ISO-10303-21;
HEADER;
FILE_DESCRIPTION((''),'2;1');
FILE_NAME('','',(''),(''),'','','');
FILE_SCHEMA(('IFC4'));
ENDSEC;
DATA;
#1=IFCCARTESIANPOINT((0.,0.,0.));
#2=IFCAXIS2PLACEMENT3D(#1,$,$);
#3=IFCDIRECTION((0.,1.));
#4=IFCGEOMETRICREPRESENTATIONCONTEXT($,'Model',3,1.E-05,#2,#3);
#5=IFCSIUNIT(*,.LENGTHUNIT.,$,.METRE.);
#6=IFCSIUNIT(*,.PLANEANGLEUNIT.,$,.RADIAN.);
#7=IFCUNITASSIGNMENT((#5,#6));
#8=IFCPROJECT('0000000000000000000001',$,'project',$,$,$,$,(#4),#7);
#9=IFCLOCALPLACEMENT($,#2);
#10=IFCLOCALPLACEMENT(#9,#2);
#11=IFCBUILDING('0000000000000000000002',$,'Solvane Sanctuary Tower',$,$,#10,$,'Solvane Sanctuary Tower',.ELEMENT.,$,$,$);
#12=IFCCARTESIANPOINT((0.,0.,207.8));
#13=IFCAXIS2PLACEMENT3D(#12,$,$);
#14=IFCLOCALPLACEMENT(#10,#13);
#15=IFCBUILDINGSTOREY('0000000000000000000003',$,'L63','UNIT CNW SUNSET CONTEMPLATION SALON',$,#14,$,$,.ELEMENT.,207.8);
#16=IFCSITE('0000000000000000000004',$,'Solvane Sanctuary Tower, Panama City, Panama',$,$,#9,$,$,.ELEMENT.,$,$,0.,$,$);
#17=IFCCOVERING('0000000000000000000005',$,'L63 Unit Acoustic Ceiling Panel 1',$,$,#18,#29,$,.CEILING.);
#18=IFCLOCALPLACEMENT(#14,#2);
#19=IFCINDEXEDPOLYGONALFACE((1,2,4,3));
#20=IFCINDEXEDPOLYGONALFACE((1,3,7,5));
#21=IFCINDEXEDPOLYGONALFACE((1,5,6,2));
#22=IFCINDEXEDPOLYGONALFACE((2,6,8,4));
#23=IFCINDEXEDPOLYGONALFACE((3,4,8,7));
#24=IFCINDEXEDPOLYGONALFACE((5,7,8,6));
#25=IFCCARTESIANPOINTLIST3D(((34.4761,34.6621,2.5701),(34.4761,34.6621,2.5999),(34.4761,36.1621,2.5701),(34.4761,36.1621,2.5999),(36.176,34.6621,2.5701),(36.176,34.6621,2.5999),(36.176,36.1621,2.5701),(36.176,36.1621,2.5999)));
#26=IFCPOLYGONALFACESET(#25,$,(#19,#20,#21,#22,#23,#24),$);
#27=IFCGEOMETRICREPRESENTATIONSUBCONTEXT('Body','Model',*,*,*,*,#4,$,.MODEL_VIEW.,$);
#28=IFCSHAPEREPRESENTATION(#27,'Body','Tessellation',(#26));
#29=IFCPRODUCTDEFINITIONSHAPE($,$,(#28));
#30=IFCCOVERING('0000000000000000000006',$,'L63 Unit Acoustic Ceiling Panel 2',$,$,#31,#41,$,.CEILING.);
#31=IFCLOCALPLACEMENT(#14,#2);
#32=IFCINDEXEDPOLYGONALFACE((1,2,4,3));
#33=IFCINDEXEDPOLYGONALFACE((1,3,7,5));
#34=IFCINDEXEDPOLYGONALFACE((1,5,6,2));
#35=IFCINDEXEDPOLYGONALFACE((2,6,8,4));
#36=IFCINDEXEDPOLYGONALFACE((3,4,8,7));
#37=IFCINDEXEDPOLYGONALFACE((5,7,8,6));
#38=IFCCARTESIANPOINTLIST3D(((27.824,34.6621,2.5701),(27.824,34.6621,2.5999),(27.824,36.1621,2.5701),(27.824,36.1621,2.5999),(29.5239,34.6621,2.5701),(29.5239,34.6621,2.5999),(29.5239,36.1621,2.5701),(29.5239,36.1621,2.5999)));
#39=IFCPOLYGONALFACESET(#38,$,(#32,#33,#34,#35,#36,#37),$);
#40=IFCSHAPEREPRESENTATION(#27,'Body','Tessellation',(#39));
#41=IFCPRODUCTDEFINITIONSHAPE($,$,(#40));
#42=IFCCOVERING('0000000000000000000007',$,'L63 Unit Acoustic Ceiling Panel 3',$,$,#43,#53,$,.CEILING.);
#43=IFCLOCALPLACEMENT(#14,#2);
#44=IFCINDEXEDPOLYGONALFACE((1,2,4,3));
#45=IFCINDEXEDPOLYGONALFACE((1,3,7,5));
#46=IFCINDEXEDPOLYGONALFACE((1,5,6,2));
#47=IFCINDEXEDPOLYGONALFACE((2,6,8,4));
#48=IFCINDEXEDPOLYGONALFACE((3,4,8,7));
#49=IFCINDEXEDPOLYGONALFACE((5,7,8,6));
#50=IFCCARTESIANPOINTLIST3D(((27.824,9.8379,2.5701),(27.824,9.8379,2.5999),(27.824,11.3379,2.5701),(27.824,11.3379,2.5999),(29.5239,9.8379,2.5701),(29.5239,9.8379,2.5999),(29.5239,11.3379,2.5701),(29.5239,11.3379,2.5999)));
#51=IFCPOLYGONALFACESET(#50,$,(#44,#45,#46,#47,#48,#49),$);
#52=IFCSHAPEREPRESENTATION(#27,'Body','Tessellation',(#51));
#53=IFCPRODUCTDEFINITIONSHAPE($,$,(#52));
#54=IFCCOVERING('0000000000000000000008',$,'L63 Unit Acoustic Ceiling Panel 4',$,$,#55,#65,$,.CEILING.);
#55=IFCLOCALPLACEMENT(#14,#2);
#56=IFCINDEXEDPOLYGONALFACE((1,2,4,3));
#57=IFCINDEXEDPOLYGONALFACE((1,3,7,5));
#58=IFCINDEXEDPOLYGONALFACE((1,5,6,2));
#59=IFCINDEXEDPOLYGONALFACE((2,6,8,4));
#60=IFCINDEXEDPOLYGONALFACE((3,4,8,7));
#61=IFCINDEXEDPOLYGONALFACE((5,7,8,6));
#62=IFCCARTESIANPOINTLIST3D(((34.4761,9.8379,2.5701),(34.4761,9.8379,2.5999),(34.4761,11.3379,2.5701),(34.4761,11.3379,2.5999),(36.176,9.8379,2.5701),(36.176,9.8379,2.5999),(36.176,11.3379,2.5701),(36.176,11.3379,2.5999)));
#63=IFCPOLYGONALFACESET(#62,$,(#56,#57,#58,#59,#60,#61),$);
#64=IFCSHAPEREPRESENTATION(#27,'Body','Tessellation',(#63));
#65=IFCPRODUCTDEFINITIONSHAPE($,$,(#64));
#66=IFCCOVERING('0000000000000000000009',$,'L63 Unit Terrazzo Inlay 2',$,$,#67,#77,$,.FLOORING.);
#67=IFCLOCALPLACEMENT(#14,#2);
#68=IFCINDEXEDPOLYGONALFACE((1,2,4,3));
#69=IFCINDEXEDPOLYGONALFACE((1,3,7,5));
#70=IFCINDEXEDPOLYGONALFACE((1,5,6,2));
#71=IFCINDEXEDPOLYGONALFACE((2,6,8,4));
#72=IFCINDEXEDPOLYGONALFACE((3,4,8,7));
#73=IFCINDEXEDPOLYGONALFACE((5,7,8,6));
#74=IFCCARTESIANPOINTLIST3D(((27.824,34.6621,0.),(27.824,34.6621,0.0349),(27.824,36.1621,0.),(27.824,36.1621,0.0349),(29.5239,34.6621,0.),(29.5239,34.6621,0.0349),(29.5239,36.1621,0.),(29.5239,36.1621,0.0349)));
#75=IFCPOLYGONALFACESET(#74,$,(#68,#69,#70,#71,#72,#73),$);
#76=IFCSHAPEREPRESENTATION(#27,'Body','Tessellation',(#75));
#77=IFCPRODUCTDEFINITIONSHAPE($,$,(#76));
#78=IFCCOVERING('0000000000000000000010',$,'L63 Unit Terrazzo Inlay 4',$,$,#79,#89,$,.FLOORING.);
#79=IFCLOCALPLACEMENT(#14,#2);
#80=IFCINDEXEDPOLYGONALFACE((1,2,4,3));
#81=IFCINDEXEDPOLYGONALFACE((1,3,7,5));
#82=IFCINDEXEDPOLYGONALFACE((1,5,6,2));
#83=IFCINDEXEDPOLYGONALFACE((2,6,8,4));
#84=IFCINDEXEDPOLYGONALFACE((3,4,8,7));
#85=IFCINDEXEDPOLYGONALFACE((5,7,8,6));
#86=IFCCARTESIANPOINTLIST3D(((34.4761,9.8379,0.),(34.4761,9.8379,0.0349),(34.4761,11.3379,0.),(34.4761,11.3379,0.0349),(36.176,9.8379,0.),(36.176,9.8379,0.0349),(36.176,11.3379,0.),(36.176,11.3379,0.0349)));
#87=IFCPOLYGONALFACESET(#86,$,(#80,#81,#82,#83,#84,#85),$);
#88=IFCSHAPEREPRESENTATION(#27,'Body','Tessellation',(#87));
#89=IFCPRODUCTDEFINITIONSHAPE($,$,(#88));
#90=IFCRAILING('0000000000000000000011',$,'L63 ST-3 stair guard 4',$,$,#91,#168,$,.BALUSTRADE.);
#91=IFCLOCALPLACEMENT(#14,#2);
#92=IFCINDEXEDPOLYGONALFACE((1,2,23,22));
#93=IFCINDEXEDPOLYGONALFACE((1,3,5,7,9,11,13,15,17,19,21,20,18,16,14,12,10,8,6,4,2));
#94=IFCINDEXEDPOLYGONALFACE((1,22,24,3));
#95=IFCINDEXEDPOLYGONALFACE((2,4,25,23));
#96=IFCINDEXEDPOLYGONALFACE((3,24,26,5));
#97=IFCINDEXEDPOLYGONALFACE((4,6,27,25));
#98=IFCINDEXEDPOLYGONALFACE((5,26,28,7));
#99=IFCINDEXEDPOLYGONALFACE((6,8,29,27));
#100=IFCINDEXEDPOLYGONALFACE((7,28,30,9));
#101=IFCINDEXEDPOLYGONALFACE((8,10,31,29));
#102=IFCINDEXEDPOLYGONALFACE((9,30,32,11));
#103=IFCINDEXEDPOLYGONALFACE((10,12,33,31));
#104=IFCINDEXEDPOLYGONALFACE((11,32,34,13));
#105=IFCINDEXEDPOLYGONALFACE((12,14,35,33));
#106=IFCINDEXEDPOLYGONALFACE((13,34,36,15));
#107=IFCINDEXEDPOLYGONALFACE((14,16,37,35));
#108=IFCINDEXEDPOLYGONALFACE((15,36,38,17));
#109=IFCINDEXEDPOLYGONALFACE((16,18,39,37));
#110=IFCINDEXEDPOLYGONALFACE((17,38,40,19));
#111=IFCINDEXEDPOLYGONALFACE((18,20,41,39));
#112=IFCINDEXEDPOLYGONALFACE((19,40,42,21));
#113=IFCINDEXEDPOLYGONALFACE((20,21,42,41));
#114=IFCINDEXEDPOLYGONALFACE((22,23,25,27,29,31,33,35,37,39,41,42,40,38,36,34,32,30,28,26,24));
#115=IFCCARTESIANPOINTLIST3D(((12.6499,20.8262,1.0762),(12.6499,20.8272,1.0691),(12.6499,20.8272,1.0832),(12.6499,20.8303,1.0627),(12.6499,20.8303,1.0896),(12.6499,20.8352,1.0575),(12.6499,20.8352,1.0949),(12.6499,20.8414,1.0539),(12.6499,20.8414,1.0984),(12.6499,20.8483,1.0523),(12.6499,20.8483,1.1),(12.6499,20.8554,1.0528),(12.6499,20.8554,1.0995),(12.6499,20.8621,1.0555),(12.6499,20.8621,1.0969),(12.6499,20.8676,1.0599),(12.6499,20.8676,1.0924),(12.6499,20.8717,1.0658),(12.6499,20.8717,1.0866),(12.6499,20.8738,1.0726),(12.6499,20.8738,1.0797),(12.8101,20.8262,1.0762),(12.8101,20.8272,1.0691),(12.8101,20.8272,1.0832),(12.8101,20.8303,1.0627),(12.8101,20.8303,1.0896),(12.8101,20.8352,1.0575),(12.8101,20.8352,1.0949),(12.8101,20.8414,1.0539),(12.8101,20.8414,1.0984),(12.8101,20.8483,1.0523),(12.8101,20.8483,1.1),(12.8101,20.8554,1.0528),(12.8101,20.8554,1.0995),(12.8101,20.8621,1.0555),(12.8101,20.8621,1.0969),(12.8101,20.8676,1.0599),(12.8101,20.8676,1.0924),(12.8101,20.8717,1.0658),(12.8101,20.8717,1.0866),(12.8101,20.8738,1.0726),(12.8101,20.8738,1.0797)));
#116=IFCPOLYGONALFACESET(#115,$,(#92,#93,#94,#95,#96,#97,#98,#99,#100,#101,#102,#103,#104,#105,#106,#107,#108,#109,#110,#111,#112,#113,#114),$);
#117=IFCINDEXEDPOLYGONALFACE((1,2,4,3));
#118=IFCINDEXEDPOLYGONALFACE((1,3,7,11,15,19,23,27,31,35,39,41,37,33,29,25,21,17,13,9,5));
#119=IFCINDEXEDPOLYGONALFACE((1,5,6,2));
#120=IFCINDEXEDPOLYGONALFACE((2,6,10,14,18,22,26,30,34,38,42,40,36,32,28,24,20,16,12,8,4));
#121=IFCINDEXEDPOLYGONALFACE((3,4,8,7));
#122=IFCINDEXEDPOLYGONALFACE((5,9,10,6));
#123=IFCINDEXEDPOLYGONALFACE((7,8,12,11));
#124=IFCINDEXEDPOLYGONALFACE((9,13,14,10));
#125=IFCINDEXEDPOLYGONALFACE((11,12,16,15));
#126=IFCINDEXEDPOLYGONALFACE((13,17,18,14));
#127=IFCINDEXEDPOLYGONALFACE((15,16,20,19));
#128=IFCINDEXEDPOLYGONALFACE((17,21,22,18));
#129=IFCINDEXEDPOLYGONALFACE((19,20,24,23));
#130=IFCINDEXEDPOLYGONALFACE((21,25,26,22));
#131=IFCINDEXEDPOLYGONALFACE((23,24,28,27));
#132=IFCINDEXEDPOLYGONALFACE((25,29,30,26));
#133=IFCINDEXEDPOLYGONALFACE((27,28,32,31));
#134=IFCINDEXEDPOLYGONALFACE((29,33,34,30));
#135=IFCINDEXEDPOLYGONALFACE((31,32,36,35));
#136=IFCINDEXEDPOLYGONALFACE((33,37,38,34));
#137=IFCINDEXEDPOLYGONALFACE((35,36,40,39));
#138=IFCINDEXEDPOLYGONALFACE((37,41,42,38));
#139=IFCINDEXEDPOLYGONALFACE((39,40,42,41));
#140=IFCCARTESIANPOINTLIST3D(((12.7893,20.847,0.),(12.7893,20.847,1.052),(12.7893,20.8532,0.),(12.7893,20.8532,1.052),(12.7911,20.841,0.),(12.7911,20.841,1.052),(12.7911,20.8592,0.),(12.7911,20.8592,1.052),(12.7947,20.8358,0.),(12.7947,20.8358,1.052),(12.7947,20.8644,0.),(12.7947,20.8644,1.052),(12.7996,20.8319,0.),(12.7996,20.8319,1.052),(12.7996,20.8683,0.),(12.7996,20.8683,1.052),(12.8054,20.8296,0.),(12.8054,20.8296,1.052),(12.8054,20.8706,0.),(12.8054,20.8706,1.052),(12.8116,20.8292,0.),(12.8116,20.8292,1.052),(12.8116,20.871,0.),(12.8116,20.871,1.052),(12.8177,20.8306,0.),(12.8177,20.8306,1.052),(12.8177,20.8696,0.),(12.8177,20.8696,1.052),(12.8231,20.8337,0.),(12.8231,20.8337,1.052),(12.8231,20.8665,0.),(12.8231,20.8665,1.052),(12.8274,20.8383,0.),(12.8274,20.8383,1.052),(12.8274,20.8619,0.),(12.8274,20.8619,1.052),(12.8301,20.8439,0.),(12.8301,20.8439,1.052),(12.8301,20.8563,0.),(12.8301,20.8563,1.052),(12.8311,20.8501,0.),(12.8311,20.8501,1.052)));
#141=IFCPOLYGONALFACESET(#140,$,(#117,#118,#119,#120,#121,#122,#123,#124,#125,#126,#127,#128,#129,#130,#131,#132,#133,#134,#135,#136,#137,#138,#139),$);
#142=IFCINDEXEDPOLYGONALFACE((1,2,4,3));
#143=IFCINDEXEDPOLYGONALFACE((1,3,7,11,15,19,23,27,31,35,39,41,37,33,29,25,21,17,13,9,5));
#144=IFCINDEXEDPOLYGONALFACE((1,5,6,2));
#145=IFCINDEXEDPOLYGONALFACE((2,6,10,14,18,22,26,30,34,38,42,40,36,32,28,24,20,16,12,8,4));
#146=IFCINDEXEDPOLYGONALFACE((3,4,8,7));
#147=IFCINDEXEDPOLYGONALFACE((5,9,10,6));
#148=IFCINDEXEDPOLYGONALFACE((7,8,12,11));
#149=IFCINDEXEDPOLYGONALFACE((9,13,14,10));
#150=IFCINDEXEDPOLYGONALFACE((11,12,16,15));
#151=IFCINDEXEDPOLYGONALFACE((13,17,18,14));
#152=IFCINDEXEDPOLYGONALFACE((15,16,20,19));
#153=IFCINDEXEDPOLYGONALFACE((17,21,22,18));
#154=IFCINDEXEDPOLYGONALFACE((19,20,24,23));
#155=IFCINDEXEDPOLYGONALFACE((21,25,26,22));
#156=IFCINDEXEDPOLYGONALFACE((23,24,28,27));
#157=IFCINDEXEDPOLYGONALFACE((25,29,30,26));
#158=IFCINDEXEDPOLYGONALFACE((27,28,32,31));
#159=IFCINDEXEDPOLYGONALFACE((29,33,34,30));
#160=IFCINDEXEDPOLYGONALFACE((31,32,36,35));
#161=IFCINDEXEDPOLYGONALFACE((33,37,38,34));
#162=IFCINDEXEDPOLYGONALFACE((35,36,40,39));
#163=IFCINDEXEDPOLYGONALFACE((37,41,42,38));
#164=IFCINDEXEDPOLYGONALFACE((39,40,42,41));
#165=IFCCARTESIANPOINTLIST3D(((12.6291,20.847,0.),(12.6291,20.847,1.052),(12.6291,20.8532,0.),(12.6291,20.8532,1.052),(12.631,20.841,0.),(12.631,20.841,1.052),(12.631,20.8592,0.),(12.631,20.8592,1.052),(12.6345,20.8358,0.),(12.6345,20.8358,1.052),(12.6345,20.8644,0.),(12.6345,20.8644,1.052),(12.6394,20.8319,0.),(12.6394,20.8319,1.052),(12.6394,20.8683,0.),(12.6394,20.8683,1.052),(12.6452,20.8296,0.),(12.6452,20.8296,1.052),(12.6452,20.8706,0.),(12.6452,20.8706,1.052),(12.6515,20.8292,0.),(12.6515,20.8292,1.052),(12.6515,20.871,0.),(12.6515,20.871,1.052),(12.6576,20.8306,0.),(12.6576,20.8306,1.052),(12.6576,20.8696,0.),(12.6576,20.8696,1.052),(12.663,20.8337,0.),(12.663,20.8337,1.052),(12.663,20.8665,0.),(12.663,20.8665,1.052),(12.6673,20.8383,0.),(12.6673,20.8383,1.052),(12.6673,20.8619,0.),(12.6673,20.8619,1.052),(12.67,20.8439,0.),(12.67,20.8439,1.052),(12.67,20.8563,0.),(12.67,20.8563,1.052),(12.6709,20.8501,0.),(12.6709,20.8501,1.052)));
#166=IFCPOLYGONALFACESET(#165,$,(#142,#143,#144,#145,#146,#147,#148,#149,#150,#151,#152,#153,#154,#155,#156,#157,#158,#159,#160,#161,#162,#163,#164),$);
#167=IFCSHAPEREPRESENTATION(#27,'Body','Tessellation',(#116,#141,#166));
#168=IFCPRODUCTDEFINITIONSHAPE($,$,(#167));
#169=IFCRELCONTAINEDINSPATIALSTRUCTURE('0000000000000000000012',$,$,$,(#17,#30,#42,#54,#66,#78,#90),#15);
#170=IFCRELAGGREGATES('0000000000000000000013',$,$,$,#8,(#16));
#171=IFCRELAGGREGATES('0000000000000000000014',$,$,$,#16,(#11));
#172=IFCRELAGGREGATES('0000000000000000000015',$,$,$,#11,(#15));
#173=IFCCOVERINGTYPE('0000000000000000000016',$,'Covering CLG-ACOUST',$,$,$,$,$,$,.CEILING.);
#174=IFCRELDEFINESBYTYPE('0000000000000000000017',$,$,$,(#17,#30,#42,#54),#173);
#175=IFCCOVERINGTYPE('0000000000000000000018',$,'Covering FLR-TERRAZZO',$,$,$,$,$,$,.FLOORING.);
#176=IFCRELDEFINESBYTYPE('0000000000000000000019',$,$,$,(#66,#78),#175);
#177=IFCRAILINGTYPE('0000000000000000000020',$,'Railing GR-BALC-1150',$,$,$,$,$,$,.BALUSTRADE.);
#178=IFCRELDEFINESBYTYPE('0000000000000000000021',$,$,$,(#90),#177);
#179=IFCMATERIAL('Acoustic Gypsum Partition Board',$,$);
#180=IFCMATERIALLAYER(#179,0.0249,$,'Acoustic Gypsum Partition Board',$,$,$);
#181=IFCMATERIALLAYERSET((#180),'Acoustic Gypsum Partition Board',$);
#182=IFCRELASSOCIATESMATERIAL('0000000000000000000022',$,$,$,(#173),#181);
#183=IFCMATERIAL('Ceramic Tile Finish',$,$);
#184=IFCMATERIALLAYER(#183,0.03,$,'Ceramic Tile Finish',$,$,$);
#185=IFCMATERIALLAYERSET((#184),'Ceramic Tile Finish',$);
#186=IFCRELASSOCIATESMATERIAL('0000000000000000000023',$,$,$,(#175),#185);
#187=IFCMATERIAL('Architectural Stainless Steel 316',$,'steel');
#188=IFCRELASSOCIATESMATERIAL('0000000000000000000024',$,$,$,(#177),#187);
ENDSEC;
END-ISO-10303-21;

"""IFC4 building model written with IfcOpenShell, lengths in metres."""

from ifc_helpers import new_model, si_unit, direction, frame, origin, origin_2d, place, context, subcontext, project, spatial, polyline, circle, outline, extrude, material, layer, layer_set, type_object, element, save


model = new_model("IFC4")

# Units and contexts
model_context = context("Model", 3, precision=1e-05, world=origin(), true_north=direction((0.0, 1.0)))
body_context = subcontext(model_context, "Body", "Model", "MODEL_VIEW")
ifc_project = project(units=[si_unit("LENGTHUNIT", "METRE"), si_unit("PLANEANGLEUNIT", "RADIAN")], contexts=[model_context])

# Site, building, storey
site_placement = place(None, origin())
site = spatial("IfcSite", under=ifc_project, at=site_placement, Name="Solvane Sanctuary Tower, Panama City, Panama", CompositionType="ELEMENT", RefElevation=0.0)
building_placement = place(site_placement, origin())
building = spatial("IfcBuilding", under=site, at=building_placement, Name="Solvane Sanctuary Tower", LongName="Solvane Sanctuary Tower", CompositionType="ELEMENT")
storey_placement = place(building_placement, frame((0.0, 0.0, 207.8)))
storey = spatial("IfcBuildingStorey", under=building, at=storey_placement, Name="L63", Description="UNIT CNW SUNSET CONTEMPLATION SALON", CompositionType="ELEMENT", Elevation=207.8)

# Shared definitions
ifc_material_1 = material(Name="Acoustic Gypsum Partition Board")

# Shared definitions
ifc_material_2 = material(Name="Architectural Stainless Steel 316", Category="steel")

# Coverings
ifc_layer_1 = layer(ifc_material_1, 0.0249, Name="Acoustic Gypsum Partition Board")
ifc_layer_set_1 = layer_set([ifc_layer_1], Name="Acoustic Gypsum Partition Board")
covering_type_1 = type_object("IfcCoveringType", Name="Covering CLG-ACOUST", PredefinedType="CEILING", material=ifc_layer_set_1)
covering_1_placement = place(storey_placement, frame((0.0, 0.0, 2.5701)))
element("IfcCovering", 1, at=covering_1_placement, inside=storey, type_object=covering_type_1, Name="L63 Unit Acoustic Ceiling Panel 1", PredefinedType="CEILING", context=body_context, shape_type="SweptSolid", body=[
    extrude(outline(polyline([(34.4761, 34.6621), (36.176, 34.6621), (36.176, 36.1621), (34.4761, 36.1621), (34.4761, 34.6621)])), origin(), (0.0, 0.0, 1.0), 0.0298),
])
covering_2_placement = place(storey_placement, frame((0.0, 0.0, 2.5701)))
element("IfcCovering", 2, at=covering_2_placement, inside=storey, type_object=covering_type_1, Name="L63 Unit Acoustic Ceiling Panel 2", PredefinedType="CEILING", context=body_context, shape_type="SweptSolid", body=[
    extrude(outline(polyline([(27.824, 34.6621), (29.5239, 34.6621), (29.5239, 36.1621), (27.824, 36.1621), (27.824, 34.6621)])), origin(), (0.0, 0.0, 1.0), 0.0298),
])
covering_3_placement = place(storey_placement, frame((0.0, 0.0, 2.5701)))
element("IfcCovering", 3, at=covering_3_placement, inside=storey, type_object=covering_type_1, Name="L63 Unit Acoustic Ceiling Panel 3", PredefinedType="CEILING", context=body_context, shape_type="SweptSolid", body=[
    extrude(outline(polyline([(27.824, 9.8379), (29.5239, 9.8379), (29.5239, 11.3379), (27.824, 11.3379), (27.824, 9.8379)])), origin(), (0.0, 0.0, 1.0), 0.0298),
])
covering_4_placement = place(storey_placement, frame((0.0, 0.0, 2.5701)))
element("IfcCovering", 4, at=covering_4_placement, inside=storey, type_object=covering_type_1, Name="L63 Unit Acoustic Ceiling Panel 4", PredefinedType="CEILING", context=body_context, shape_type="SweptSolid", body=[
    extrude(outline(polyline([(34.4761, 9.8379), (36.176, 9.8379), (36.176, 11.3379), (34.4761, 11.3379), (34.4761, 9.8379)])), origin(), (0.0, 0.0, 1.0), 0.0298),
])
ifc_material_3 = material(Name="Ceramic Tile Finish")
ifc_layer_2 = layer(ifc_material_3, 0.03, Name="Ceramic Tile Finish")
ifc_layer_set_2 = layer_set([ifc_layer_2], Name="Ceramic Tile Finish")
covering_type_2 = type_object("IfcCoveringType", Name="Covering FLR-TERRAZZO", PredefinedType="FLOORING", material=ifc_layer_set_2)
covering_5_placement = place(storey_placement, origin())
element("IfcCovering", 5, at=covering_5_placement, inside=storey, type_object=covering_type_2, Name="L63 Unit Terrazzo Inlay 2", PredefinedType="FLOORING", context=body_context, shape_type="SweptSolid", body=[
    extrude(outline(polyline([(27.824, 34.6621), (29.5239, 34.6621), (29.5239, 36.1621), (27.824, 36.1621), (27.824, 34.6621)])), origin(), (0.0, 0.0, 1.0), 0.0349),
])
covering_6_placement = place(storey_placement, origin())
element("IfcCovering", 6, at=covering_6_placement, inside=storey, type_object=covering_type_2, Name="L63 Unit Terrazzo Inlay 4", PredefinedType="FLOORING", context=body_context, shape_type="SweptSolid", body=[
    extrude(outline(polyline([(34.4761, 9.8379), (36.176, 9.8379), (36.176, 11.3379), (34.4761, 11.3379), (34.4761, 9.8379)])), origin(), (0.0, 0.0, 1.0), 0.0349),
])

# Railing
railing_type = type_object("IfcRailingType", Name="Railing GR-BALC-1150", PredefinedType="BALUSTRADE", material=ifc_material_2)
railing_placement = place(storey_placement, frame((12.8101, 20.8501, 0.0)))
element("IfcRailing", 7, at=railing_placement, inside=storey, type_object=railing_type, Name="L63 ST-3 stair guard 4", PredefinedType="BALUSTRADE", context=body_context, shape_type="SweptSolid", body=[
    extrude(circle(Radius=0.0239, at=origin_2d()), frame((0.0, 0.0, 1.0762), z_axis=(-1.0, 0.0, 0.0), x_axis=(0.0, -1.0, 0.0)), (0.0, 0.0, 1.0), 0.1602),
    extrude(circle(Radius=0.021, at=origin_2d()), origin(), (0.0, 0.0, 1.0), 1.052),
    extrude(circle(Radius=0.021, at=origin_2d()), frame((-0.1602, 0.0, 0.0)), (0.0, 0.0, 1.0), 1.052),
])

save(model, "model.ifc")
